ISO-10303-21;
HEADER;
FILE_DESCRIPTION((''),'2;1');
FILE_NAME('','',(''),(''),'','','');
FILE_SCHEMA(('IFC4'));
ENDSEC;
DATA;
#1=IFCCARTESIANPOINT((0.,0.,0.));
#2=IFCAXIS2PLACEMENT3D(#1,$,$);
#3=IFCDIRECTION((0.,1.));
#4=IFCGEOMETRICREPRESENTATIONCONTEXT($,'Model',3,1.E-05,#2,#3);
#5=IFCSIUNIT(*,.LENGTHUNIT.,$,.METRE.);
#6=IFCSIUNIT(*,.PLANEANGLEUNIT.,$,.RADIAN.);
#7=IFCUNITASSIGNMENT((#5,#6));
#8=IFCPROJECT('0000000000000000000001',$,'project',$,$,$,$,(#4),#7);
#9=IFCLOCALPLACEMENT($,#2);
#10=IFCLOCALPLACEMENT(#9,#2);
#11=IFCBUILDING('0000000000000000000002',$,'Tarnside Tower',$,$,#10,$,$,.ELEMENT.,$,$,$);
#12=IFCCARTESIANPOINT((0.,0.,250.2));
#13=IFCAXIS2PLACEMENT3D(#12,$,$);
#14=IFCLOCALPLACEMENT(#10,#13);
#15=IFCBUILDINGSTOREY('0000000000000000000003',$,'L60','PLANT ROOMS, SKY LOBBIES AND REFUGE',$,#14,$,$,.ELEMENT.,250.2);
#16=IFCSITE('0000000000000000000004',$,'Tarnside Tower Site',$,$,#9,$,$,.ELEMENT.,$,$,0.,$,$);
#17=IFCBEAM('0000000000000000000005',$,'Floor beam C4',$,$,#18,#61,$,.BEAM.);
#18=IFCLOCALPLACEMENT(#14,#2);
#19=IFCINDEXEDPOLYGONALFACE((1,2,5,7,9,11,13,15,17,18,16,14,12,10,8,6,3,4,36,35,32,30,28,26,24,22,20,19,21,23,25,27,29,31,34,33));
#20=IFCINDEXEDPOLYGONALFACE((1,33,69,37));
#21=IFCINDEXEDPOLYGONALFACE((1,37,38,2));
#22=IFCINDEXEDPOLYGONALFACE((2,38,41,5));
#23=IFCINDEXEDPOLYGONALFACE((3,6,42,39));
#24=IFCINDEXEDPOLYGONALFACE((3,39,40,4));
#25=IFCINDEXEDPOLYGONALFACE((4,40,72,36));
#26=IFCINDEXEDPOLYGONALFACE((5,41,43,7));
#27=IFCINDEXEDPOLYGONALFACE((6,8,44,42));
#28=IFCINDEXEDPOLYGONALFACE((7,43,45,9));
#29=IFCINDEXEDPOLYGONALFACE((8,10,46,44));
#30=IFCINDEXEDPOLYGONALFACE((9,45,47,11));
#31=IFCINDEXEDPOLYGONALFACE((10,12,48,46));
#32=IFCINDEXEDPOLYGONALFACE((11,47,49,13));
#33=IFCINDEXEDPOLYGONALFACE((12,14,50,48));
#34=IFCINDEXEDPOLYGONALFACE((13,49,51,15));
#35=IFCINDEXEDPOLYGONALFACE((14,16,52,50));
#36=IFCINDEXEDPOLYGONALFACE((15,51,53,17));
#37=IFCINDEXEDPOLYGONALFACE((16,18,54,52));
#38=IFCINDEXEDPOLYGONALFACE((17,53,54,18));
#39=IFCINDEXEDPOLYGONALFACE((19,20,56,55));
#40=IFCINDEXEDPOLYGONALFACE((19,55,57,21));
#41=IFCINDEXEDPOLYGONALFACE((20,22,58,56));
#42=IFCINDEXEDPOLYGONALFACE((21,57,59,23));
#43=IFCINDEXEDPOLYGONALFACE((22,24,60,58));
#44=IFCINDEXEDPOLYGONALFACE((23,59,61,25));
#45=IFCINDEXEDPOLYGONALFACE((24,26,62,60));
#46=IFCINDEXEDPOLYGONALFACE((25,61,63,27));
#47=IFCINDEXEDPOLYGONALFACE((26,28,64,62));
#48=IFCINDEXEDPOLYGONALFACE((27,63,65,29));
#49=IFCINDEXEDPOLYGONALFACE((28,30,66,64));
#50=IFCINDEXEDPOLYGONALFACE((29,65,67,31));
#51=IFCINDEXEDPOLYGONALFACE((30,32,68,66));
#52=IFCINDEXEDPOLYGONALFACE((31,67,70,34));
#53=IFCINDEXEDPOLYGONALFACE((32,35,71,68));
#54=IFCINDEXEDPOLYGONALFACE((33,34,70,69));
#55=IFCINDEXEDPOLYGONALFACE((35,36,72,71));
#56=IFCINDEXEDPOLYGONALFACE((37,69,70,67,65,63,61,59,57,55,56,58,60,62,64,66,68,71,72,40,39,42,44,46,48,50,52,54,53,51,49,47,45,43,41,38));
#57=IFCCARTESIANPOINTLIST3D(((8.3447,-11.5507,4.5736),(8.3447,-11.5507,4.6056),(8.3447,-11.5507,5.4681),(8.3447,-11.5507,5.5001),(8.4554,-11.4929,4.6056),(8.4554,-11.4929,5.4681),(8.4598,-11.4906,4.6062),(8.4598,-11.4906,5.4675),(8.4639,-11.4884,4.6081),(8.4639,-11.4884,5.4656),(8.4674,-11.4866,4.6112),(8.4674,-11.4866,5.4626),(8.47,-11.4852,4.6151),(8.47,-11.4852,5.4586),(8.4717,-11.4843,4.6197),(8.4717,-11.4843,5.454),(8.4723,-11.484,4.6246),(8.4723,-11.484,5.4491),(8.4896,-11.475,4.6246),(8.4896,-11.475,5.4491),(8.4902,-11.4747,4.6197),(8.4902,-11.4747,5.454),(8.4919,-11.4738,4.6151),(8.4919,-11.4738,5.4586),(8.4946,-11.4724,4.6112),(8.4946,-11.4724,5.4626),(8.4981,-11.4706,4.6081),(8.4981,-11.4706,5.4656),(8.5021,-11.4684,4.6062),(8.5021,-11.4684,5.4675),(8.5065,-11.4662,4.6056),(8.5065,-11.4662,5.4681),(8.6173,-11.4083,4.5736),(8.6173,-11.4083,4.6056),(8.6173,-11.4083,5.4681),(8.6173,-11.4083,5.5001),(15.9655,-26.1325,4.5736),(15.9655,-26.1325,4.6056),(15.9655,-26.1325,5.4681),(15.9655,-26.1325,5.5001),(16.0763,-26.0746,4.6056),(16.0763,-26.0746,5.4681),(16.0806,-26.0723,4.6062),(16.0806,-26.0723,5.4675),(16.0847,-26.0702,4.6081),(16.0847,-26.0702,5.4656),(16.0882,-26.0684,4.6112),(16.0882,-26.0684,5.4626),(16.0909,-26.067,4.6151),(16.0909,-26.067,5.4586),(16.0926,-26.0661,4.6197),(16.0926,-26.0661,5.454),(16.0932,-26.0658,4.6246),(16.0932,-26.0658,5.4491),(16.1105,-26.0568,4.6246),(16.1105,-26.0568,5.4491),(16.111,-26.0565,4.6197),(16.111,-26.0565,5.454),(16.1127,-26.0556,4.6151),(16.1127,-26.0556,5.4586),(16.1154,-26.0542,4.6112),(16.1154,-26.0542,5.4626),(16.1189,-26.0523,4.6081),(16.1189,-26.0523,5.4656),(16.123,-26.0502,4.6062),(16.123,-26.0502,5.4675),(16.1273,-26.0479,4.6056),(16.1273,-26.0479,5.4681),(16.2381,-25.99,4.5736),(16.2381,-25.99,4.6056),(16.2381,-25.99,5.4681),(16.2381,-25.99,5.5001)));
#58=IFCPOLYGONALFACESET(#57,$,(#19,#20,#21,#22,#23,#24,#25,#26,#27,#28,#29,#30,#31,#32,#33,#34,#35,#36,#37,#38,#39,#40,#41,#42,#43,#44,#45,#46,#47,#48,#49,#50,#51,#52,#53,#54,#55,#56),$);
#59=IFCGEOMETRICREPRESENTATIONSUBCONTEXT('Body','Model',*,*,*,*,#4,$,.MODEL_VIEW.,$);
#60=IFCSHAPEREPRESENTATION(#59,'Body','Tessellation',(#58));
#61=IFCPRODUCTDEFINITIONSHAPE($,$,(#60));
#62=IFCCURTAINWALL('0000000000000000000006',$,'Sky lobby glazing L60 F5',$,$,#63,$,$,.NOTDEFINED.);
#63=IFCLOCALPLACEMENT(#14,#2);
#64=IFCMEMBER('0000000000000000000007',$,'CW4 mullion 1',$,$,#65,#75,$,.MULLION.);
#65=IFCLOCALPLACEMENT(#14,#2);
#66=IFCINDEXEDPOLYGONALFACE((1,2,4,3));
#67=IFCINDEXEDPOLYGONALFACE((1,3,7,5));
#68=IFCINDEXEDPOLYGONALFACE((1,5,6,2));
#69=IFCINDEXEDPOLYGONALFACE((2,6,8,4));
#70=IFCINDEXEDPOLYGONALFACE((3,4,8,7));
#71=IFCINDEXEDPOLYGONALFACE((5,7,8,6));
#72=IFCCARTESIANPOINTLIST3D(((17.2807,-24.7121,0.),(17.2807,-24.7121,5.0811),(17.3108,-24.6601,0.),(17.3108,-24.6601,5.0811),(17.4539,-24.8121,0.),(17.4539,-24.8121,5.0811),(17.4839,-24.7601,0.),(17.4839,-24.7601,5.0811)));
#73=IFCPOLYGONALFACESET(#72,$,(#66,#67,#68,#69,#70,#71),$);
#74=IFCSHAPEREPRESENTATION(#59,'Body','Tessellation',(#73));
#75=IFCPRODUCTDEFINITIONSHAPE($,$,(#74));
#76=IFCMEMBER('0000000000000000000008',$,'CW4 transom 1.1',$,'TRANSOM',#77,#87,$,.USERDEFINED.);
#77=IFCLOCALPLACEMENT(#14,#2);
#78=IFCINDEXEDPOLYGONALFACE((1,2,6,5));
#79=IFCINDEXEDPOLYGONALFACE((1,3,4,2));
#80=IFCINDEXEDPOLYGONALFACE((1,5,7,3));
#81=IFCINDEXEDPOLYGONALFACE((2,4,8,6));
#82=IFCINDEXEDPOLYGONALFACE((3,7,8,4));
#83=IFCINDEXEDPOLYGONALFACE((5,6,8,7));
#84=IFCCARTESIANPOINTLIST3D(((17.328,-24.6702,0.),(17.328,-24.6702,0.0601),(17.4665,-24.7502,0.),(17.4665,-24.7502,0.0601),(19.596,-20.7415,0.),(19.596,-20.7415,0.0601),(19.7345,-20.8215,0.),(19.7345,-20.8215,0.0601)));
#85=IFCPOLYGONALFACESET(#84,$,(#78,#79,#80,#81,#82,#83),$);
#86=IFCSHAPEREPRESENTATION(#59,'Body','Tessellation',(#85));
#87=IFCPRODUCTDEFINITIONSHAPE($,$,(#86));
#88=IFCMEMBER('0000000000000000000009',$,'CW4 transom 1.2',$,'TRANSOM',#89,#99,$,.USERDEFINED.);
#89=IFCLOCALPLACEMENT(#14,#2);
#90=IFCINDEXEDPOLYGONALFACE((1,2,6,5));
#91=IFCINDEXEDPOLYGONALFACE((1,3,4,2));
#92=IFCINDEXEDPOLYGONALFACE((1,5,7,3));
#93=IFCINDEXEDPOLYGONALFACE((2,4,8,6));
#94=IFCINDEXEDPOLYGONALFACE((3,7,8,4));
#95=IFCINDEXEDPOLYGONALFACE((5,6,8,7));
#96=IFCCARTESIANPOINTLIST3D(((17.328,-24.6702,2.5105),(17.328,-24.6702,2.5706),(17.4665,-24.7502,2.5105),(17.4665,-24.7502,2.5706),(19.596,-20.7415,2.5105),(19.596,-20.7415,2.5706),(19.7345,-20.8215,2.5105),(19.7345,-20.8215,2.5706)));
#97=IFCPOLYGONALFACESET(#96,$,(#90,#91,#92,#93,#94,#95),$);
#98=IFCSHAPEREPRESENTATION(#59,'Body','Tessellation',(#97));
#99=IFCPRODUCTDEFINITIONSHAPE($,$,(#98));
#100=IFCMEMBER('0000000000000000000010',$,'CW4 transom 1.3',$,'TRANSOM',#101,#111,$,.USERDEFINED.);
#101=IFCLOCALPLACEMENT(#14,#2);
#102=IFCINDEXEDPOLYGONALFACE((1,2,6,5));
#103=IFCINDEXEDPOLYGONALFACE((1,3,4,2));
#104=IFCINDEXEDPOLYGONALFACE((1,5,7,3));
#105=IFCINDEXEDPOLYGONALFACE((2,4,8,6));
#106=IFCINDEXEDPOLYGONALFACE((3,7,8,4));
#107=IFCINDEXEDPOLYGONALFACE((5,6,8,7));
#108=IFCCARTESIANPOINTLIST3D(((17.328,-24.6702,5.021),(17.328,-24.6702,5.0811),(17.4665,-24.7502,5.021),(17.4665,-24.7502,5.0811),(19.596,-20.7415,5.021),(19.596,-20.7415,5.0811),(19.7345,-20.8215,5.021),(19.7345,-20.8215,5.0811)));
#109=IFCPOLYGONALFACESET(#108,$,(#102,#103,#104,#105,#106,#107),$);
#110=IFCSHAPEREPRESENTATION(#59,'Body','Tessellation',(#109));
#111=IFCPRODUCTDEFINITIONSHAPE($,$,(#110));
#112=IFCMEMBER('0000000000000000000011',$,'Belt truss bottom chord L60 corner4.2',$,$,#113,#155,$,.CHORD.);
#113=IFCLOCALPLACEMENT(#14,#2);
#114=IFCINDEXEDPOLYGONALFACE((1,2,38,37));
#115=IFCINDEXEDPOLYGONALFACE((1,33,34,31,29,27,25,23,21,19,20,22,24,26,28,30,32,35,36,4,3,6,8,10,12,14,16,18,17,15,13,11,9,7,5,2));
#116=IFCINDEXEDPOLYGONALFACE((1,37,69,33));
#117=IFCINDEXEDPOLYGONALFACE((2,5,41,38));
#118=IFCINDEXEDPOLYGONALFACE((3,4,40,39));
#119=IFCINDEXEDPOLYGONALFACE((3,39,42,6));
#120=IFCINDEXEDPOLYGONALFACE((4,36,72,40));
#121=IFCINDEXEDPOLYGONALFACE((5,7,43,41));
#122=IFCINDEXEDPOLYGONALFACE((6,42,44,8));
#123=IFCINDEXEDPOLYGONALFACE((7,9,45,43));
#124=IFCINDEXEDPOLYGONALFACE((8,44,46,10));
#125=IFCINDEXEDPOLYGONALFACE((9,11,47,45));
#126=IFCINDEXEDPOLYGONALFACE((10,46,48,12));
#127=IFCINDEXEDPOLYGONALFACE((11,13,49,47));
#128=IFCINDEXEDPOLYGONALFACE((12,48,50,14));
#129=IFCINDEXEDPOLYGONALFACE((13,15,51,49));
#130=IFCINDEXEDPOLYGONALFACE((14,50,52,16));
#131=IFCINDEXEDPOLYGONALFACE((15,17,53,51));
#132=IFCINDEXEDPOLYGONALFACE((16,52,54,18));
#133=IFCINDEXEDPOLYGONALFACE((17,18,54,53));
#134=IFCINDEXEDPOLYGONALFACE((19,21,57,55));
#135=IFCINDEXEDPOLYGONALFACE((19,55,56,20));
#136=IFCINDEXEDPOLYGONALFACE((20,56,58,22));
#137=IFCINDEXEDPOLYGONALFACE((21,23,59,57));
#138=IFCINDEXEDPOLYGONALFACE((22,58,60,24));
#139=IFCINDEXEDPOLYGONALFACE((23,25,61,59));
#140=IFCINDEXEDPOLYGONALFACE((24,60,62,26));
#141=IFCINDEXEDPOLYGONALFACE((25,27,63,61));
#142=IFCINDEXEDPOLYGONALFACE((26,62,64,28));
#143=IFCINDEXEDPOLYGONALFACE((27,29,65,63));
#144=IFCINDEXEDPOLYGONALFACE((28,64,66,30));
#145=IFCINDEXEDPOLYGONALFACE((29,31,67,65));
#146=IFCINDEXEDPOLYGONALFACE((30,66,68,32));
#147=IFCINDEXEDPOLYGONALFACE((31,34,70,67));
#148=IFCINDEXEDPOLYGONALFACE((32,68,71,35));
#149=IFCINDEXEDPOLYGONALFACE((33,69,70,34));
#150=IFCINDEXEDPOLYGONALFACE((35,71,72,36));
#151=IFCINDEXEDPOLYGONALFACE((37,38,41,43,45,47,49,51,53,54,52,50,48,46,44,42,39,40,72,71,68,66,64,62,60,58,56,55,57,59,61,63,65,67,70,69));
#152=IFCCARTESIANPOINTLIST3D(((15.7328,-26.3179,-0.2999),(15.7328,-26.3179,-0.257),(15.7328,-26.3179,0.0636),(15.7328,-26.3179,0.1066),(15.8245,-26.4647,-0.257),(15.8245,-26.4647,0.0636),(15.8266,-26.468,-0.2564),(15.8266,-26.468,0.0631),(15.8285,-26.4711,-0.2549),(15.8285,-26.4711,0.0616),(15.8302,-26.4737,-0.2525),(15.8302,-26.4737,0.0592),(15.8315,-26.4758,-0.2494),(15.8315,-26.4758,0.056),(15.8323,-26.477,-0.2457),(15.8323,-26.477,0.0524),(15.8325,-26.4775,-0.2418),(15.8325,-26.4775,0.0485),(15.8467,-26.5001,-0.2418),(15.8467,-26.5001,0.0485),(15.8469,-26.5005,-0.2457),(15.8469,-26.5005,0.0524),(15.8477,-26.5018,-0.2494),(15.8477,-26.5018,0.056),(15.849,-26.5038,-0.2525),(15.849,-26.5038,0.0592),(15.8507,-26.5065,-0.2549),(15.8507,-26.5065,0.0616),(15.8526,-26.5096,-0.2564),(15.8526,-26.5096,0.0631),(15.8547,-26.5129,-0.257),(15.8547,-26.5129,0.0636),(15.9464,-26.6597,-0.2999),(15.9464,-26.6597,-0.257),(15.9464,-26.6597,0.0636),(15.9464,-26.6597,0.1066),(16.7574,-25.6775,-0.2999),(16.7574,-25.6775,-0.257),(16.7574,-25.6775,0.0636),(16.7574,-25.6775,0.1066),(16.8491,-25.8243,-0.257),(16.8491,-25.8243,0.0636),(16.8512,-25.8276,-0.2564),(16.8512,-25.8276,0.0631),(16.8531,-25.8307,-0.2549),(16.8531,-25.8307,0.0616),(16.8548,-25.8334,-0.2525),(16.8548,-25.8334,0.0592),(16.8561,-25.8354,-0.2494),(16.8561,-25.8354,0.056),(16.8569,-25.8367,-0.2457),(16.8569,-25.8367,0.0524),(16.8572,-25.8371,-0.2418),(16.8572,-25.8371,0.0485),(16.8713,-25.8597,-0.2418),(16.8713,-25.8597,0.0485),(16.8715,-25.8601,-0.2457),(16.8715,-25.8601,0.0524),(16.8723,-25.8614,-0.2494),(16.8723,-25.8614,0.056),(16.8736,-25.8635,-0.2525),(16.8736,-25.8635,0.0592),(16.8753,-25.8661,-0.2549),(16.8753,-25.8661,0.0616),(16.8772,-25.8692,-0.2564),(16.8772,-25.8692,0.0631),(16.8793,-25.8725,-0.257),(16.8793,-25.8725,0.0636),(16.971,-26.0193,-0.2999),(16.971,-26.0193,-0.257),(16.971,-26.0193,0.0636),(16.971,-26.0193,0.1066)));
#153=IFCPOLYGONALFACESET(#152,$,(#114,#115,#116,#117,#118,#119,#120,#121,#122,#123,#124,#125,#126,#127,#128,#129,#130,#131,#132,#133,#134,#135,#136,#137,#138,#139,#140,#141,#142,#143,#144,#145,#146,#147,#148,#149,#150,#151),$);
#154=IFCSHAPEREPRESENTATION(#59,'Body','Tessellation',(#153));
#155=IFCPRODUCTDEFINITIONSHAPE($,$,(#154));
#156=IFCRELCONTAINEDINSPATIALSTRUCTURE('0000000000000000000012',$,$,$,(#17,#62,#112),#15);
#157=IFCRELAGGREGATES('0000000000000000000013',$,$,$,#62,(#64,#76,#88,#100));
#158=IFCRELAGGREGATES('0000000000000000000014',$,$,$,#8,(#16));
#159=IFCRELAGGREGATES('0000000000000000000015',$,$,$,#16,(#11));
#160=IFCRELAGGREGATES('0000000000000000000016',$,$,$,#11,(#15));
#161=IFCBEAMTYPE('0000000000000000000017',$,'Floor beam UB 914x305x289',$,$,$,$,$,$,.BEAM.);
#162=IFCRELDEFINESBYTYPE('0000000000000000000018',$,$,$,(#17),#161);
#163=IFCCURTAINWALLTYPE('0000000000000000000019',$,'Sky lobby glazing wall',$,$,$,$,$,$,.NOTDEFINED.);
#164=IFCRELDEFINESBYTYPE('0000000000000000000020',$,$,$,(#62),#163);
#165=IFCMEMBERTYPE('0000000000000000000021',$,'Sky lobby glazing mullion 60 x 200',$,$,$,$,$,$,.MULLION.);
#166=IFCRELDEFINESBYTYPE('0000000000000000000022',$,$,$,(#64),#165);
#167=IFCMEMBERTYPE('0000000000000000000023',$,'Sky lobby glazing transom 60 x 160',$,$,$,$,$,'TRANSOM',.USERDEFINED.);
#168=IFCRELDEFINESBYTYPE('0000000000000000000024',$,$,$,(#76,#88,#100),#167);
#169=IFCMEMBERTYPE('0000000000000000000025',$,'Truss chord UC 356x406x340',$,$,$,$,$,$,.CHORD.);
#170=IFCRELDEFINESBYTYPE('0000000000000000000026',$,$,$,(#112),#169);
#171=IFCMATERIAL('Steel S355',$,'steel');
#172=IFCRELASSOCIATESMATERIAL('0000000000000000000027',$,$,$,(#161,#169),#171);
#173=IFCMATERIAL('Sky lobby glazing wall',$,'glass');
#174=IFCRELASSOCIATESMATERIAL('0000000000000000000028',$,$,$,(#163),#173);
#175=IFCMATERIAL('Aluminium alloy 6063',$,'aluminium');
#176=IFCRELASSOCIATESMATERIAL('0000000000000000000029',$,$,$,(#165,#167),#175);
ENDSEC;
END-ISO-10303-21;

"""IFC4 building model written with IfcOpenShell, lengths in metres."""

from ifc_helpers import new_model, si_unit, direction, frame, origin, origin_2d, place, context, subcontext, project, spatial, rectangle, i_section, extrude, material, material_profile, profile_set, type_object, element, aggregate, save


model = new_model("IFC4")

# Units and contexts
model_context = context("Model", 3, precision=1e-05, world=origin(), true_north=direction((0.0, 1.0)))
body_context = subcontext(model_context, "Body", "Model", "MODEL_VIEW")
ifc_project = project(units=[si_unit("LENGTHUNIT", "METRE"), si_unit("PLANEANGLEUNIT", "RADIAN")], contexts=[model_context])

# Site, building, storey
site_placement = place(None, origin())
site = spatial("IfcSite", under=ifc_project, at=site_placement, Name="Tarnside Tower Site", CompositionType="ELEMENT", RefElevation=0.0)
building_placement = place(site_placement, origin())
building = spatial("IfcBuilding", under=site, at=building_placement, Name="Tarnside Tower", CompositionType="ELEMENT")
storey_placement = place(building_placement, frame((0.0, 0.0, 250.2)))
storey = spatial("IfcBuildingStorey", under=building, at=storey_placement, Name="L60", Description="PLANT ROOMS, SKY LOBBIES AND REFUGE", CompositionType="ELEMENT", Elevation=250.2)

# Beam
ifc_material_1 = material(Name="Steel S355", Category="steel")
ifc_material_profile_1 = material_profile(ifc_material_1, i_section(OverallWidth=0.3076, OverallDepth=0.9265, WebThickness=0.0195, FlangeThickness=0.032, FilletRadius=0.019, at=origin_2d()), Name="UB 914x305x289")
ifc_profile_set_1 = profile_set([ifc_material_profile_1], Name="Steel S355")
beam_type = type_object("IfcBeamType", Name="Floor beam UB 914x305x289", PredefinedType="BEAM", material=ifc_profile_set_1)
beam_placement = place(storey_placement, frame((16.1018, -26.0613, 5.0369), z_axis=(-0.463185, 0.886262, 0.0), x_axis=(-0.886262, -0.463185, 0.0)))
element("IfcBeam", 1, at=beam_placement, inside=storey, type_object=beam_type, Name="Floor beam C4", PredefinedType="BEAM", context=body_context, shape_type="SweptSolid", body=[
    extrude(i_section(OverallWidth=0.3076, OverallDepth=0.9265, WebThickness=0.0195, FlangeThickness=0.032, FilletRadius=0.019, at=origin_2d()), origin(), (0.0, 0.0, 1.0), 16.4531),
])

# Curtain wall, members
ifc_material_2 = material(Name="Sky lobby glazing wall", Category="glass")
curtain_wall_type = type_object("IfcCurtainWallType", Name="Sky lobby glazing wall", PredefinedType="NOTDEFINED", material=ifc_material_2)
curtain_wall_placement = place(storey_placement, origin())
curtain_wall = element("IfcCurtainWall", 2, at=curtain_wall_placement, inside=storey, type_object=curtain_wall_type, Name="Sky lobby glazing L60 F5", PredefinedType="NOTDEFINED")
ifc_material_3 = material(Name="Aluminium alloy 6063", Category="aluminium")
ifc_material_profile_2 = material_profile(ifc_material_3, rectangle(XDim=0.2, YDim=0.0601, at=origin_2d()), Name="Sky lobby glazing mullion 60 x 200")
ifc_profile_set_2 = profile_set([ifc_material_profile_2], Name="Aluminium alloy 6063")
member_type_1 = type_object("IfcMemberType", Name="Sky lobby glazing mullion 60 x 200", PredefinedType="MULLION", material=ifc_profile_set_2)
member_1_placement = place(storey_placement, frame((17.3823, -24.7361, 0.0), z_axis=(0.0, 0.0, 1.0), x_axis=(-0.866025, 0.5, 0.0)))
member_1 = element("IfcMember", 3, at=member_1_placement, type_object=member_type_1, Name="CW4 mullion 1", PredefinedType="MULLION", context=body_context, shape_type="SweptSolid", body=[
    extrude(rectangle(XDim=0.2, YDim=0.0601, at=origin_2d()), origin(), (0.0, 0.0, 1.0), 5.0811),
])
ifc_material_profile_3 = material_profile(ifc_material_3, rectangle(XDim=0.1599, YDim=0.0601, at=origin_2d()), Name="Sky lobby glazing transom 60 x 160")
ifc_profile_set_3 = profile_set([ifc_material_profile_3], Name="Aluminium alloy 6063")
member_type_2 = type_object("IfcMemberType", Name="Sky lobby glazing transom 60 x 160", ElementType="TRANSOM", PredefinedType="USERDEFINED", material=ifc_profile_set_3)
member_2_placement = place(storey_placement, frame((17.3972, -24.7102, 0.03), z_axis=(0.499971, 0.866042, 0.0), x_axis=(-0.866042, 0.499971, 0.0)))
member_2 = element("IfcMember", 4, at=member_2_placement, type_object=member_type_2, Name="CW4 transom 1.1", ObjectType="TRANSOM", PredefinedType="USERDEFINED", context=body_context, shape_type="SweptSolid", body=[
    extrude(rectangle(XDim=0.1599, YDim=0.0601, at=origin_2d()), origin(), (0.0, 0.0, 1.0), 4.5364),
])
member_3_placement = place(storey_placement, frame((17.3972, -24.7102, 2.5405), z_axis=(0.499971, 0.866042, 0.0), x_axis=(-0.866042, 0.499971, 0.0)))
member_3 = element("IfcMember", 5, at=member_3_placement, type_object=member_type_2, Name="CW4 transom 1.2", ObjectType="TRANSOM", PredefinedType="USERDEFINED", context=body_context, shape_type="SweptSolid", body=[
    extrude(rectangle(XDim=0.1599, YDim=0.0601, at=origin_2d()), origin(), (0.0, 0.0, 1.0), 4.5364),
])
member_4_placement = place(storey_placement, frame((17.3972, -24.7102, 5.051), z_axis=(0.499971, 0.866042, 0.0), x_axis=(-0.866042, 0.499971, 0.0)))
member_4 = element("IfcMember", 6, at=member_4_placement, type_object=member_type_2, Name="CW4 transom 1.3", ObjectType="TRANSOM", PredefinedType="USERDEFINED", context=body_context, shape_type="SweptSolid", body=[
    extrude(rectangle(XDim=0.1599, YDim=0.0601, at=origin_2d()), origin(), (0.0, 0.0, 1.0), 4.5364),
])
aggregate(curtain_wall, [member_1, member_2, member_3, member_4])

# Member
ifc_material_profile_4 = material_profile(ifc_material_1, i_section(OverallWidth=0.4031, OverallDepth=0.4065, WebThickness=0.0266, FlangeThickness=0.043, FilletRadius=0.0151, at=origin_2d()), Name="UC 356x406x340")
ifc_profile_set_4 = profile_set([ifc_material_profile_4], Name="Steel S355")
member_type_3 = type_object("IfcMemberType", Name="Truss chord UC 356x406x340", PredefinedType="CHORD", material=ifc_profile_set_4)
for number, where, z_axis, x_axis, name in (
    (7, (15.8396, -26.4888, -0.0967), (0.84801, 0.529981, 0.0), (-0.529981, 0.84801, 0.0), "Belt truss bottom chord L60 corner4.2"),
):
    element("IfcMember", number, at=place(storey_placement, frame(where, z_axis=z_axis, x_axis=x_axis)), inside=storey, type_object=member_type_3, Name=name, PredefinedType="CHORD", context=body_context, shape_type="SweptSolid", body=[
        extrude(i_section(OverallWidth=0.4031, OverallDepth=0.4065, WebThickness=0.0266, FlangeThickness=0.043, FilletRadius=0.0151, at=origin_2d()), origin(), (0.0, 0.0, 1.0), 1.2083),
    ])

save(model, "model.ifc")
